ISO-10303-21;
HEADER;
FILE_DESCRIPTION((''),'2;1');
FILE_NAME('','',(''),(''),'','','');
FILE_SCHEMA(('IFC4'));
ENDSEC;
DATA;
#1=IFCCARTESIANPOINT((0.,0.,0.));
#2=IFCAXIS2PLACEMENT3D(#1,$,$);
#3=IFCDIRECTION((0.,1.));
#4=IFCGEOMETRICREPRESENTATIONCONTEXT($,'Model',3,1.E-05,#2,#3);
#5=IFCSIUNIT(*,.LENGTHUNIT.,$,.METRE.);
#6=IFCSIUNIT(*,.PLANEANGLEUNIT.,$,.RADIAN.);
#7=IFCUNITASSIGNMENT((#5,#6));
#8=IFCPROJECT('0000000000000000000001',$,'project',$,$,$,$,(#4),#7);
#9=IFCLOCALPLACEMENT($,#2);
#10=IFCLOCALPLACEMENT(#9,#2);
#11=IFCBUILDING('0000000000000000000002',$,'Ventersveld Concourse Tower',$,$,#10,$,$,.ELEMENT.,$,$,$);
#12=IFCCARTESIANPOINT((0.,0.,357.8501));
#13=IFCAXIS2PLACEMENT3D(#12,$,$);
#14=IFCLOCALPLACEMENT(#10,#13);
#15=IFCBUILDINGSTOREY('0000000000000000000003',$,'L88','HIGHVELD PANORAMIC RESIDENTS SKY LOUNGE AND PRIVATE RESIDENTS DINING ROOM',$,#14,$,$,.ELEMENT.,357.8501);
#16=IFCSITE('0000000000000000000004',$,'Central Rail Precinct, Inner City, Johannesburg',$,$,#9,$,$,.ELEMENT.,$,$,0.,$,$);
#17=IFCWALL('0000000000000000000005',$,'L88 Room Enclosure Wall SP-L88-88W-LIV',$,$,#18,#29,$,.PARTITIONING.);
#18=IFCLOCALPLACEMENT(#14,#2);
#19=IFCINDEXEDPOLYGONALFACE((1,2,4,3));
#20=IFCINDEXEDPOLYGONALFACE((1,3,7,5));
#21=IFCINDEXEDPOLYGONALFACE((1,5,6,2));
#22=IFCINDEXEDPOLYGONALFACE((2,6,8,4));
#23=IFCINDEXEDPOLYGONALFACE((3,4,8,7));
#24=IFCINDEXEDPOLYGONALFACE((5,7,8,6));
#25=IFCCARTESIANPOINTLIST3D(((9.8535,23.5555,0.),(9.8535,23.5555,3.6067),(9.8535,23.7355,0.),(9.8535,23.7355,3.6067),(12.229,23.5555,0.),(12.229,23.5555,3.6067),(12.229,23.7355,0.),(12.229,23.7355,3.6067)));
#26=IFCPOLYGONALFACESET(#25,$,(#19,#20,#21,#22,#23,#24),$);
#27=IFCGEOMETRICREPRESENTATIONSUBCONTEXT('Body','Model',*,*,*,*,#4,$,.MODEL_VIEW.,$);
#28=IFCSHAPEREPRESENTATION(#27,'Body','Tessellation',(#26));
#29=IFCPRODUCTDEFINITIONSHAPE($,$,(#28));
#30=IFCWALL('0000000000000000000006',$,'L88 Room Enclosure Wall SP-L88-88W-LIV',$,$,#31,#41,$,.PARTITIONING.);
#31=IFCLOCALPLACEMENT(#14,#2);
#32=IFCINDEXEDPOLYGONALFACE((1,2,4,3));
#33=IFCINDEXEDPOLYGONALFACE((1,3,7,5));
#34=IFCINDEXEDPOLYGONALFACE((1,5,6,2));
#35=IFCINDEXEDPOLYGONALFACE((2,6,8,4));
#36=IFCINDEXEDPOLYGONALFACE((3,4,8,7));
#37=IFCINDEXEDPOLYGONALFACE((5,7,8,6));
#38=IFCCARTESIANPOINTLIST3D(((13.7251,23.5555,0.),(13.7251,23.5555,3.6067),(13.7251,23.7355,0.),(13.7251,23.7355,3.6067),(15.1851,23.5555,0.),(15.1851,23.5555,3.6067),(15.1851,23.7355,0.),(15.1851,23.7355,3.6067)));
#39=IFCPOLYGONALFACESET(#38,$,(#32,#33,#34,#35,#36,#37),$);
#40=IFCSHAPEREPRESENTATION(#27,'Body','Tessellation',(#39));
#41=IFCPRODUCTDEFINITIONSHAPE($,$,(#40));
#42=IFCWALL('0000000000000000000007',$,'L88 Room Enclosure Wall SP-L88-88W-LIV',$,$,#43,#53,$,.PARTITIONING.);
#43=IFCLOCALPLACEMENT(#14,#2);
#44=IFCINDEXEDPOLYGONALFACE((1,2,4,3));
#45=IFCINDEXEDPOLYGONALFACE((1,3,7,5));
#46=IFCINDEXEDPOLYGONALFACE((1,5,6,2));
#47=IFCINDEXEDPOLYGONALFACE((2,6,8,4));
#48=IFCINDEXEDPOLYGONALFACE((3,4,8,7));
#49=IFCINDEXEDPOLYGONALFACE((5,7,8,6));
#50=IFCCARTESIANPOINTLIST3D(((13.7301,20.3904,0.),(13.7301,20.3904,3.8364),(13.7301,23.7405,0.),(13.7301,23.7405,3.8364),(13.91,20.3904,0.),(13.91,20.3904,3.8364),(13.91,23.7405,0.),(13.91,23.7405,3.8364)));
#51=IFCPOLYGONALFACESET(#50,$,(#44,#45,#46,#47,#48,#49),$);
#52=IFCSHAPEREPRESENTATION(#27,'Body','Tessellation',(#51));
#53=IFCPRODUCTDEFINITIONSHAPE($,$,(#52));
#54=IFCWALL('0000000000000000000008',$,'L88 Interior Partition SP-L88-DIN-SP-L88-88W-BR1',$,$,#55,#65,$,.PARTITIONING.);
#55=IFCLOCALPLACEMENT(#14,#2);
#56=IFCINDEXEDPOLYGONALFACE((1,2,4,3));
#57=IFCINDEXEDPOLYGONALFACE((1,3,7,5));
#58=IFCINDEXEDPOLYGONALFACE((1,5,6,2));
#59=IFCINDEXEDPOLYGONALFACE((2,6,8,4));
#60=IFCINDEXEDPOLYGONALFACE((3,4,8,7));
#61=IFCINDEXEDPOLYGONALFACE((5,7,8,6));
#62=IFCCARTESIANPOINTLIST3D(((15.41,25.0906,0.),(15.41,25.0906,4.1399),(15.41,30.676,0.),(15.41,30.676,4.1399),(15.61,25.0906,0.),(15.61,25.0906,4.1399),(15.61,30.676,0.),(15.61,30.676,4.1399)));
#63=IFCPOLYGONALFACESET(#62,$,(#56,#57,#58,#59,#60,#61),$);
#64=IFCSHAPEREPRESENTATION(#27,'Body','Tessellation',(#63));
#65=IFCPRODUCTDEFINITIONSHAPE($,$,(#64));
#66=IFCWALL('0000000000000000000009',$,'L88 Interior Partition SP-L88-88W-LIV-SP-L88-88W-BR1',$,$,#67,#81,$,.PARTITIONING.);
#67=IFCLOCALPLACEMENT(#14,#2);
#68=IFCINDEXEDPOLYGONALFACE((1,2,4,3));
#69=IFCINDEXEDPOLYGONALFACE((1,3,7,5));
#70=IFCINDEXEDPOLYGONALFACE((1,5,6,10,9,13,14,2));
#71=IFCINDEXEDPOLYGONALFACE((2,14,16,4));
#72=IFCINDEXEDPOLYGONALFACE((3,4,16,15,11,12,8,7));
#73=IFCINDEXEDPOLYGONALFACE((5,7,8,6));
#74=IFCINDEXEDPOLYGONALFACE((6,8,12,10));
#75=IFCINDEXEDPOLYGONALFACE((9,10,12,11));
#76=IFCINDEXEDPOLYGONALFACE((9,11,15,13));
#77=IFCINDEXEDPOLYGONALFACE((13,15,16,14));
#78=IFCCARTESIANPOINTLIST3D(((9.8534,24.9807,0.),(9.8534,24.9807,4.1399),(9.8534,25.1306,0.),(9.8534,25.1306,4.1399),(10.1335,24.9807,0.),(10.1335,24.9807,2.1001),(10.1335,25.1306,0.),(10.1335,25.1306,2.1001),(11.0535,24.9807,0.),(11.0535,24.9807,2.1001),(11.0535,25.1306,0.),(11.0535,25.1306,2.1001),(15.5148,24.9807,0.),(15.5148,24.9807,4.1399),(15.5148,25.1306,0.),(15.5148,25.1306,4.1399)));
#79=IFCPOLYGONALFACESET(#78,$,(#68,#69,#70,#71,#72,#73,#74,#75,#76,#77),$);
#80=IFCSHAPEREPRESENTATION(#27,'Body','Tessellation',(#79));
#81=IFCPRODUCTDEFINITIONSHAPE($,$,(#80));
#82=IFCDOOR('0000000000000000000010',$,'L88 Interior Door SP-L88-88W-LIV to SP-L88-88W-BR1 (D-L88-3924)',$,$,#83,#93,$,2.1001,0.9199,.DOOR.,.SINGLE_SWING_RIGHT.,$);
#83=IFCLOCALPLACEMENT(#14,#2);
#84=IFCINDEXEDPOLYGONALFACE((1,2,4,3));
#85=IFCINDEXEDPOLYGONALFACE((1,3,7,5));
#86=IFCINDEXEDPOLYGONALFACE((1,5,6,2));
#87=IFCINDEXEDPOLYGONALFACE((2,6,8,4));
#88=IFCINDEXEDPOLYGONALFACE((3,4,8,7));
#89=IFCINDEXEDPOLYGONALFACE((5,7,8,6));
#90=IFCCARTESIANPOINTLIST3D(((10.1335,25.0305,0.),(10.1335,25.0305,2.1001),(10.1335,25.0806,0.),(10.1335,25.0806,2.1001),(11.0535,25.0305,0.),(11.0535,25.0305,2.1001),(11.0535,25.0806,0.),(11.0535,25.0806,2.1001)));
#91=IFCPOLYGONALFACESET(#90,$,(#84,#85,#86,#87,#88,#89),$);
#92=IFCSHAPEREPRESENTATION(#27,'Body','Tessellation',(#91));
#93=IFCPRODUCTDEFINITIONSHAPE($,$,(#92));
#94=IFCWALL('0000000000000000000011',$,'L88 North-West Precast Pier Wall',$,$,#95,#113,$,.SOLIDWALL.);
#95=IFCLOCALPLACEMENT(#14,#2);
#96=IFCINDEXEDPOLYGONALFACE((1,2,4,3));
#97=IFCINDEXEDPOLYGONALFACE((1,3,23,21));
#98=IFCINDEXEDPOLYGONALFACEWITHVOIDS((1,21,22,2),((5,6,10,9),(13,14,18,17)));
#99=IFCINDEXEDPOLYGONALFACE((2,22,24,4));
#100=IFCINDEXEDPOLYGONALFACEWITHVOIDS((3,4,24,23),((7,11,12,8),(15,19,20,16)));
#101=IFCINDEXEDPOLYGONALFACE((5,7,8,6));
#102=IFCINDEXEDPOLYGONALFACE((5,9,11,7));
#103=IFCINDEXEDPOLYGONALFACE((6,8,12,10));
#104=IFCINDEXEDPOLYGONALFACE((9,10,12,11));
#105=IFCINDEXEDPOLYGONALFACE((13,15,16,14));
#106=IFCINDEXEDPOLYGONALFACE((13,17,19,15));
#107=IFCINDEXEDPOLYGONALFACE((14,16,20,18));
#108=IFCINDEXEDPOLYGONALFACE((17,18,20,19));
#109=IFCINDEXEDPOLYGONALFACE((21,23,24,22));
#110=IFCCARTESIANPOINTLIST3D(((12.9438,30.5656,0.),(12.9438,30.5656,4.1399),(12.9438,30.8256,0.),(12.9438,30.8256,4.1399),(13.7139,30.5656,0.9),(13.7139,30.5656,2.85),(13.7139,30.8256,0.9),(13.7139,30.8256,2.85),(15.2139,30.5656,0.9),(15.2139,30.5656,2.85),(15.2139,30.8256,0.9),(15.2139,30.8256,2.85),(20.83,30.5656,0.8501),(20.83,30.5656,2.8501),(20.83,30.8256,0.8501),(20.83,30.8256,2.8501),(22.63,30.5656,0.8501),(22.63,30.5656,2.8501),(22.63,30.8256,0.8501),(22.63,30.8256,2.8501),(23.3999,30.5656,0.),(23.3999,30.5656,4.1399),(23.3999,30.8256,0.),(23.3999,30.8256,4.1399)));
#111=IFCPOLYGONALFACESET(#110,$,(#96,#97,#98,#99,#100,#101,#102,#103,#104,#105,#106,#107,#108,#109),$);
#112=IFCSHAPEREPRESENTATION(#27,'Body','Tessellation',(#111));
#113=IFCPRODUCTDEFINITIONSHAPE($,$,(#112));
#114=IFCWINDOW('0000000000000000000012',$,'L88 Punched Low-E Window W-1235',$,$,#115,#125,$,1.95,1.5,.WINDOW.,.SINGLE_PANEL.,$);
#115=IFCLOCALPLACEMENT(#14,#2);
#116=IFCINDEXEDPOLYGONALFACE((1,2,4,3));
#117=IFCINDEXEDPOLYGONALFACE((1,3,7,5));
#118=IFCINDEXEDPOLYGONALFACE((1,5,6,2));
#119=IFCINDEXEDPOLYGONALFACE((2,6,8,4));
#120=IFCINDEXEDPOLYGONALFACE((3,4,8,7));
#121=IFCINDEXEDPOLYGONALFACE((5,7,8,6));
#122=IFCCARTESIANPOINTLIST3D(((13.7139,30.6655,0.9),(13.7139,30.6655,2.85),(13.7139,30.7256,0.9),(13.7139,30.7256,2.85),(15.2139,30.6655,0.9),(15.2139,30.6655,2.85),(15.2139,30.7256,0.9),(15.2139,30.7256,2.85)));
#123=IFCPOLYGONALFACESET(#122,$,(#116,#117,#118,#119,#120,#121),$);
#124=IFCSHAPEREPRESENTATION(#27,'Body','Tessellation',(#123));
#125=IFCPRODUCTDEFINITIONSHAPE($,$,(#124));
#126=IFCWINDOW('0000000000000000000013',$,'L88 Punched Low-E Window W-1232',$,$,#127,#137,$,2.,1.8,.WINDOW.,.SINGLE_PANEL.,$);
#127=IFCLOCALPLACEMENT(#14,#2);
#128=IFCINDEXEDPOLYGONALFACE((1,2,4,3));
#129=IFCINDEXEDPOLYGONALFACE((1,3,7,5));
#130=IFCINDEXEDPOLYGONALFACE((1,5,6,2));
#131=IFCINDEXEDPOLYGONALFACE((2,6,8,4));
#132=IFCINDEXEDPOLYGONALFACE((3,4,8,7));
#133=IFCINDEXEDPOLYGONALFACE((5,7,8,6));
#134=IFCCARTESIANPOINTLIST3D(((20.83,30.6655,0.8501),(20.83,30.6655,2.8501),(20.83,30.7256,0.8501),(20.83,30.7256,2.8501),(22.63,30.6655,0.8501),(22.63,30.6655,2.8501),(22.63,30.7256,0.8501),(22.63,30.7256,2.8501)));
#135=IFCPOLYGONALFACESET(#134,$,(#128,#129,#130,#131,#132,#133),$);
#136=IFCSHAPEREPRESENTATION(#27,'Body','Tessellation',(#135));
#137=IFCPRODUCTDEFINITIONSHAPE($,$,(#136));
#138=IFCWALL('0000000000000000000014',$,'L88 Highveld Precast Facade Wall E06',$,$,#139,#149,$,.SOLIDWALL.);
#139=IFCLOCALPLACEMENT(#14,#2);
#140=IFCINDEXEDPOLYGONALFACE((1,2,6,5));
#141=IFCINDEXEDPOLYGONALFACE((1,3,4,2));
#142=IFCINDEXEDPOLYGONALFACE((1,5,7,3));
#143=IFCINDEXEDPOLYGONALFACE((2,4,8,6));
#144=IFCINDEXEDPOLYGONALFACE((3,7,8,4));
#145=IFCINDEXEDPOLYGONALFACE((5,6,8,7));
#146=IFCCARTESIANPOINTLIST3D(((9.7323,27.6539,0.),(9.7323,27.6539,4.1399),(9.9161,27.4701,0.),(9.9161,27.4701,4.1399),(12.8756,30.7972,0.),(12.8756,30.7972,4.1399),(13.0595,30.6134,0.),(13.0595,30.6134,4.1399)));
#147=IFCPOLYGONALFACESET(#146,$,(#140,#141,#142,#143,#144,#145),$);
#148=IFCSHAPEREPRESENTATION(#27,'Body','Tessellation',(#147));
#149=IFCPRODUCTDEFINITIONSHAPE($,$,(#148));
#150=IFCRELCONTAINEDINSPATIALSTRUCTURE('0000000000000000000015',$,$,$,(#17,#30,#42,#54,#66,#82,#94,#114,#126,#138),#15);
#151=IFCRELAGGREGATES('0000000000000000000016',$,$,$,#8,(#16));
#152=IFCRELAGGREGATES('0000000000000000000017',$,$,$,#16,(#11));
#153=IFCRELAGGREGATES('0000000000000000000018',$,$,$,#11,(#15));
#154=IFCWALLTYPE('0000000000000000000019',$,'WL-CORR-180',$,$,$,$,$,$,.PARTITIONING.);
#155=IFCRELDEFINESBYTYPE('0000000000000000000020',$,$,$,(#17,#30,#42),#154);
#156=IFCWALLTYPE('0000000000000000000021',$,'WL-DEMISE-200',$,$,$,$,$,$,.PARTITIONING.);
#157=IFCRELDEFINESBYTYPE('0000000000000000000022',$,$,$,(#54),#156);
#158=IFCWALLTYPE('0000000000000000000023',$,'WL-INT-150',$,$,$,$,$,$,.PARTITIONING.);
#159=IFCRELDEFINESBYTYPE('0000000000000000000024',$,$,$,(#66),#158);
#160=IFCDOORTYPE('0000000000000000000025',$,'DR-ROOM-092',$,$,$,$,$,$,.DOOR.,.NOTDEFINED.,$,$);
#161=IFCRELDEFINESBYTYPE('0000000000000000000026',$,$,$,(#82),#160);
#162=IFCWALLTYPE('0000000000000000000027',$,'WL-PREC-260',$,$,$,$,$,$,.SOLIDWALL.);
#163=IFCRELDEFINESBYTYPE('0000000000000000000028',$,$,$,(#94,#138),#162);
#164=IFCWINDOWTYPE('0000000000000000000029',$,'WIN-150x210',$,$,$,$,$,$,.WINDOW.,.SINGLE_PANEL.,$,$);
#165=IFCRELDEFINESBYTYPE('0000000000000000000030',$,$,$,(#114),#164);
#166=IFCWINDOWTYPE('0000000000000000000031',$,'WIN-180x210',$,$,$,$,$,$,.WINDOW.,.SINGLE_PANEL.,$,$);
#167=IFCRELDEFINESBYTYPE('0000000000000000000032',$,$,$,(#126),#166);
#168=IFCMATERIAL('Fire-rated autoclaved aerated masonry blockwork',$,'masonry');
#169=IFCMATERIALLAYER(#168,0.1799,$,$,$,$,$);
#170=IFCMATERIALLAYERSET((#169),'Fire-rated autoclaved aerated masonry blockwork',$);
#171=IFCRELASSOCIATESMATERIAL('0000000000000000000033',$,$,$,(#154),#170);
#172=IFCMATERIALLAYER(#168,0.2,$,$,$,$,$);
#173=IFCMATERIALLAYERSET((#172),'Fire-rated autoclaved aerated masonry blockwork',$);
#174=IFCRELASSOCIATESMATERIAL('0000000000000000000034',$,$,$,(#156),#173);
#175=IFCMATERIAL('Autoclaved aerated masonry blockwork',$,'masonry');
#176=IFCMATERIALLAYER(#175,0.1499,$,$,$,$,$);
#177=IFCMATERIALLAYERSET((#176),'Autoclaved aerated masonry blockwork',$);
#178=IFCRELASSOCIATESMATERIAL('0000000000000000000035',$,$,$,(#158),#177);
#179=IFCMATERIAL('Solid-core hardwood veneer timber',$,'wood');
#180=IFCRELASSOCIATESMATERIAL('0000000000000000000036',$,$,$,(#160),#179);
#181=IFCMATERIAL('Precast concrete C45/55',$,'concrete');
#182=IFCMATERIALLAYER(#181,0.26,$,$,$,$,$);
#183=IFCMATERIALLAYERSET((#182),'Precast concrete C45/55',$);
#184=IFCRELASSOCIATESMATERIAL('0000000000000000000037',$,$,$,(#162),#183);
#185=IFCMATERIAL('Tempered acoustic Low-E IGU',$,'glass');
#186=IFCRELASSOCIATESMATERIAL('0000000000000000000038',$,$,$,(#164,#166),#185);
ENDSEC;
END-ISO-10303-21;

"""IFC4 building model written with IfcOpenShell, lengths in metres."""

from ifc_helpers import new_model, si_unit, direction, frame, frame_2d, origin, place, context, subcontext, project, spatial, rectangle, extrude, material, layer, layer_set, type_object, element, fill, save


model = new_model("IFC4")

# Units and contexts
model_context = context("Model", 3, precision=1e-05, world=origin(), true_north=direction((0.0, 1.0)))
body_context = subcontext(model_context, "Body", "Model", "MODEL_VIEW")
ifc_project = project(units=[si_unit("LENGTHUNIT", "METRE"), si_unit("PLANEANGLEUNIT", "RADIAN")], contexts=[model_context])

# Site, building, storey
site_placement = place(None, origin())
site = spatial("IfcSite", under=ifc_project, at=site_placement, Name="Central Rail Precinct, Inner City, Johannesburg", CompositionType="ELEMENT", RefElevation=0.0)
building_placement = place(site_placement, origin())
building = spatial("IfcBuilding", under=site, at=building_placement, Name="Ventersveld Concourse Tower", CompositionType="ELEMENT")
storey_placement = place(building_placement, frame((0.0, 0.0, 357.8501)))
storey = spatial("IfcBuildingStorey", under=building, at=storey_placement, Name="L88", Description="HIGHVELD PANORAMIC RESIDENTS SKY LOUNGE AND PRIVATE RESIDENTS DINING ROOM", CompositionType="ELEMENT", Elevation=357.8501)

# Walls
ifc_material_1 = material(Name="Fire-rated autoclaved aerated masonry blockwork", Category="masonry")
ifc_layer_1 = layer(ifc_material_1, 0.1799)
ifc_layer_set_1 = layer_set([ifc_layer_1], Name="Fire-rated autoclaved aerated masonry blockwork")
wall_type_1 = type_object("IfcWallType", Name="WL-CORR-180", PredefinedType="PARTITIONING", material=ifc_layer_set_1)
wall_1_placement = place(storey_placement, frame((12.229, 23.6455, 0.0), z_axis=(0.0, 0.0, 1.0), x_axis=(-1.0, 0.0, 0.0)))
element("IfcWall", 1, at=wall_1_placement, inside=storey, type_object=wall_type_1, Name="L88 Room Enclosure Wall SP-L88-88W-LIV", PredefinedType="PARTITIONING", context=body_context, shape_type="SweptSolid", body=[
    extrude(rectangle(XDim=2.3755, YDim=0.1799, at=frame_2d((1.1877, 0.0))), origin(), (0.0, 0.0, 1.0), 3.6067),
])
wall_2_placement = place(storey_placement, frame((15.1851, 23.6455, 0.0), z_axis=(0.0, 0.0, 1.0), x_axis=(-1.0, 0.0, 0.0)))
element("IfcWall", 2, at=wall_2_placement, inside=storey, type_object=wall_type_1, Name="L88 Room Enclosure Wall SP-L88-88W-LIV", PredefinedType="PARTITIONING", context=body_context, shape_type="SweptSolid", body=[
    extrude(rectangle(XDim=1.46, YDim=0.1799, at=frame_2d((0.73, 0.0))), origin(), (0.0, 0.0, 1.0), 3.6067),
])
wall_3_placement = place(storey_placement, frame((13.8201, 23.7405, 0.0), z_axis=(0.0, 0.0, 1.0), x_axis=(0.0, -1.0, 0.0)))
element("IfcWall", 3, at=wall_3_placement, inside=storey, type_object=wall_type_1, Name="L88 Room Enclosure Wall SP-L88-88W-LIV", PredefinedType="PARTITIONING", context=body_context, shape_type="SweptSolid", body=[
    extrude(rectangle(XDim=3.3501, YDim=0.1799, at=frame_2d((1.675, 0.0))), origin(), (0.0, 0.0, 1.0), 3.8364),
])
ifc_layer_2 = layer(ifc_material_1, 0.2)
ifc_layer_set_2 = layer_set([ifc_layer_2], Name="Fire-rated autoclaved aerated masonry blockwork")
wall_type_2 = type_object("IfcWallType", Name="WL-DEMISE-200", PredefinedType="PARTITIONING", material=ifc_layer_set_2)
wall_4_placement = place(storey_placement, frame((15.51, 25.0906, 0.0), z_axis=(0.0, 0.0, 1.0), x_axis=(0.0, 1.0, 0.0)))
element("IfcWall", 4, at=wall_4_placement, inside=storey, type_object=wall_type_2, Name="L88 Interior Partition SP-L88-DIN-SP-L88-88W-BR1", PredefinedType="PARTITIONING", context=body_context, shape_type="SweptSolid", body=[
    extrude(rectangle(XDim=5.5854, YDim=0.2, at=frame_2d((2.7927, 0.0))), origin(), (0.0, 0.0, 1.0), 4.1399),
])

# Wall, opening, door
ifc_material_2 = material(Name="Autoclaved aerated masonry blockwork", Category="masonry")
ifc_layer_3 = layer(ifc_material_2, 0.1499)
ifc_layer_set_3 = layer_set([ifc_layer_3], Name="Autoclaved aerated masonry blockwork")
wall_type_3 = type_object("IfcWallType", Name="WL-INT-150", PredefinedType="PARTITIONING", material=ifc_layer_set_3)
wall_5_placement = place(storey_placement, frame((9.8535, 25.0557, 0.0), z_axis=(0.0, 0.0, 1.0), x_axis=(1.0, 0.0, 0.0)))
wall_5 = element("IfcWall", 5, at=wall_5_placement, inside=storey, type_object=wall_type_3, Name="L88 Interior Partition SP-L88-88W-LIV-SP-L88-88W-BR1", PredefinedType="PARTITIONING", context=body_context, shape_type="SweptSolid", body=[
    extrude(rectangle(XDim=5.6614, YDim=0.1499, at=frame_2d((2.8306, 0.0))), origin(), (0.0, 0.0, 1.0), 4.1399),
])
opening_1_placement = place(wall_5_placement, frame((0.28, 0.0, 0.0)))
opening_1 = element("IfcOpeningElement", 6, at=opening_1_placement, cuts=wall_5, PredefinedType="OPENING", context=body_context, shape_type="SweptSolid", body=[
    extrude(rectangle(XDim=0.9199, YDim=2.1001, at=frame_2d((0.46, 1.05))), frame((0.0, 0.085, 0.0), z_axis=(0.0, -1.0, 0.0), x_axis=(1.0, 0.0, 0.0)), (0.0, 0.0, 1.0), 0.1699),
])
ifc_material_3 = material(Name="Solid-core hardwood veneer timber", Category="wood")
door_type = type_object("IfcDoorType", Name="DR-ROOM-092", OperationType="NOTDEFINED", PredefinedType="DOOR", material=ifc_material_3)
door_placement = place(opening_1_placement, origin())
door = element("IfcDoor", 7, at=door_placement, inside=storey, type_object=door_type, Name="L88 Interior Door SP-L88-88W-LIV to SP-L88-88W-BR1 (D-L88-3924)", OperationType="SINGLE_SWING_RIGHT", OverallHeight=2.1001, OverallWidth=0.9199, PredefinedType="DOOR", context=body_context, shape_type="SweptSolid", body=[
    extrude(rectangle(XDim=0.9199, YDim=2.1001, at=frame_2d((0.46, 1.05))), frame((0.0, 0.0249, 0.0), z_axis=(0.0, -1.0, 0.0), x_axis=(1.0, 0.0, 0.0)), (0.0, 0.0, 1.0), 0.05),
])
fill(opening_1, door)

# Wall, openings, windows
ifc_material_4 = material(Name="Precast concrete C45/55", Category="concrete")
ifc_layer_4 = layer(ifc_material_4, 0.26)
ifc_layer_set_4 = layer_set([ifc_layer_4], Name="Precast concrete C45/55")
wall_type_4 = type_object("IfcWallType", Name="WL-PREC-260", PredefinedType="SOLIDWALL", material=ifc_layer_set_4)
wall_6_placement = place(storey_placement, frame((23.3999, 30.6956, 0.0), z_axis=(0.0, 0.0, 1.0), x_axis=(-1.0, 0.0, 0.0)))
wall_6 = element("IfcWall", 8, at=wall_6_placement, inside=storey, type_object=wall_type_4, Name="L88 North-West Precast Pier Wall", PredefinedType="SOLIDWALL", context=body_context, shape_type="SweptSolid", body=[
    extrude(rectangle(XDim=10.4561, YDim=0.26, at=frame_2d((5.228, 0.0))), origin(), (0.0, 0.0, 1.0), 4.1399),
])
opening_2_placement = place(wall_6_placement, frame((0.77, 0.0, 0.8501)))
opening_2 = element("IfcOpeningElement", 9, at=opening_2_placement, cuts=wall_6, PredefinedType="OPENING", context=body_context, shape_type="SweptSolid", body=[
    extrude(rectangle(XDim=1.8, YDim=2.0, at=frame_2d((0.8999, 1.0))), frame((0.0, 0.1401, 0.0), z_axis=(0.0, -1.0, 0.0), x_axis=(1.0, 0.0, 0.0)), (0.0, 0.0, 1.0), 0.28),
])
opening_3_placement = place(wall_6_placement, frame((8.186, 0.0, 0.8999)))
opening_3 = element("IfcOpeningElement", 10, at=opening_3_placement, cuts=wall_6, PredefinedType="OPENING", context=body_context, shape_type="SweptSolid", body=[
    extrude(rectangle(XDim=1.5, YDim=1.95, at=frame_2d((0.75, 0.9751))), frame((0.0, 0.1401, 0.0), z_axis=(0.0, -1.0, 0.0), x_axis=(1.0, 0.0, 0.0)), (0.0, 0.0, 1.0), 0.28),
])
ifc_material_5 = material(Name="Tempered acoustic Low-E IGU", Category="glass")
window_type_1 = type_object("IfcWindowType", Name="WIN-150x210", PartitioningType="SINGLE_PANEL", PredefinedType="WINDOW", material=ifc_material_5)
window_1_placement = place(opening_3_placement, origin())
window_1 = element("IfcWindow", 11, at=window_1_placement, inside=storey, type_object=window_type_1, Name="L88 Punched Low-E Window W-1235", OverallHeight=1.95, OverallWidth=1.5, PartitioningType="SINGLE_PANEL", PredefinedType="WINDOW", context=body_context, shape_type="SweptSolid", body=[
    extrude(rectangle(XDim=1.5, YDim=1.95, at=frame_2d((0.75, 0.9751))), frame((0.0, 0.03, 0.0), z_axis=(0.0, -1.0, 0.0), x_axis=(1.0, 0.0, 0.0)), (0.0, 0.0, 1.0), 0.0601),
])
fill(opening_3, window_1)
window_type_2 = type_object("IfcWindowType", Name="WIN-180x210", PartitioningType="SINGLE_PANEL", PredefinedType="WINDOW", material=ifc_material_5)
window_2_placement = place(opening_2_placement, origin())
window_2 = element("IfcWindow", 12, at=window_2_placement, inside=storey, type_object=window_type_2, Name="L88 Punched Low-E Window W-1232", OverallHeight=2.0, OverallWidth=1.8, PartitioningType="SINGLE_PANEL", PredefinedType="WINDOW", context=body_context, shape_type="SweptSolid", body=[
    extrude(rectangle(XDim=1.8, YDim=2.0, at=frame_2d((0.8999, 1.0))), frame((0.0, 0.03, 0.0), z_axis=(0.0, -1.0, 0.0), x_axis=(1.0, 0.0, 0.0)), (0.0, 0.0, 1.0), 0.0601),
])
fill(opening_2, window_2)

# Wall
wall_7_placement = place(storey_placement, frame((12.9675, 30.7053, 0.0), z_axis=(0.0, 0.0, 1.0), x_axis=(-0.707107, -0.707107, 0.0)))
element("IfcWall", 13, at=wall_7_placement, inside=storey, type_object=wall_type_4, Name="L88 Highveld Precast Facade Wall E06", PredefinedType="SOLIDWALL", context=body_context, shape_type="SweptSolid", body=[
    extrude(rectangle(XDim=4.4453, YDim=0.26, at=frame_2d((2.2227, 0.0))), origin(), (0.0, 0.0, 1.0), 4.1399),
])

save(model, "model.ifc")
